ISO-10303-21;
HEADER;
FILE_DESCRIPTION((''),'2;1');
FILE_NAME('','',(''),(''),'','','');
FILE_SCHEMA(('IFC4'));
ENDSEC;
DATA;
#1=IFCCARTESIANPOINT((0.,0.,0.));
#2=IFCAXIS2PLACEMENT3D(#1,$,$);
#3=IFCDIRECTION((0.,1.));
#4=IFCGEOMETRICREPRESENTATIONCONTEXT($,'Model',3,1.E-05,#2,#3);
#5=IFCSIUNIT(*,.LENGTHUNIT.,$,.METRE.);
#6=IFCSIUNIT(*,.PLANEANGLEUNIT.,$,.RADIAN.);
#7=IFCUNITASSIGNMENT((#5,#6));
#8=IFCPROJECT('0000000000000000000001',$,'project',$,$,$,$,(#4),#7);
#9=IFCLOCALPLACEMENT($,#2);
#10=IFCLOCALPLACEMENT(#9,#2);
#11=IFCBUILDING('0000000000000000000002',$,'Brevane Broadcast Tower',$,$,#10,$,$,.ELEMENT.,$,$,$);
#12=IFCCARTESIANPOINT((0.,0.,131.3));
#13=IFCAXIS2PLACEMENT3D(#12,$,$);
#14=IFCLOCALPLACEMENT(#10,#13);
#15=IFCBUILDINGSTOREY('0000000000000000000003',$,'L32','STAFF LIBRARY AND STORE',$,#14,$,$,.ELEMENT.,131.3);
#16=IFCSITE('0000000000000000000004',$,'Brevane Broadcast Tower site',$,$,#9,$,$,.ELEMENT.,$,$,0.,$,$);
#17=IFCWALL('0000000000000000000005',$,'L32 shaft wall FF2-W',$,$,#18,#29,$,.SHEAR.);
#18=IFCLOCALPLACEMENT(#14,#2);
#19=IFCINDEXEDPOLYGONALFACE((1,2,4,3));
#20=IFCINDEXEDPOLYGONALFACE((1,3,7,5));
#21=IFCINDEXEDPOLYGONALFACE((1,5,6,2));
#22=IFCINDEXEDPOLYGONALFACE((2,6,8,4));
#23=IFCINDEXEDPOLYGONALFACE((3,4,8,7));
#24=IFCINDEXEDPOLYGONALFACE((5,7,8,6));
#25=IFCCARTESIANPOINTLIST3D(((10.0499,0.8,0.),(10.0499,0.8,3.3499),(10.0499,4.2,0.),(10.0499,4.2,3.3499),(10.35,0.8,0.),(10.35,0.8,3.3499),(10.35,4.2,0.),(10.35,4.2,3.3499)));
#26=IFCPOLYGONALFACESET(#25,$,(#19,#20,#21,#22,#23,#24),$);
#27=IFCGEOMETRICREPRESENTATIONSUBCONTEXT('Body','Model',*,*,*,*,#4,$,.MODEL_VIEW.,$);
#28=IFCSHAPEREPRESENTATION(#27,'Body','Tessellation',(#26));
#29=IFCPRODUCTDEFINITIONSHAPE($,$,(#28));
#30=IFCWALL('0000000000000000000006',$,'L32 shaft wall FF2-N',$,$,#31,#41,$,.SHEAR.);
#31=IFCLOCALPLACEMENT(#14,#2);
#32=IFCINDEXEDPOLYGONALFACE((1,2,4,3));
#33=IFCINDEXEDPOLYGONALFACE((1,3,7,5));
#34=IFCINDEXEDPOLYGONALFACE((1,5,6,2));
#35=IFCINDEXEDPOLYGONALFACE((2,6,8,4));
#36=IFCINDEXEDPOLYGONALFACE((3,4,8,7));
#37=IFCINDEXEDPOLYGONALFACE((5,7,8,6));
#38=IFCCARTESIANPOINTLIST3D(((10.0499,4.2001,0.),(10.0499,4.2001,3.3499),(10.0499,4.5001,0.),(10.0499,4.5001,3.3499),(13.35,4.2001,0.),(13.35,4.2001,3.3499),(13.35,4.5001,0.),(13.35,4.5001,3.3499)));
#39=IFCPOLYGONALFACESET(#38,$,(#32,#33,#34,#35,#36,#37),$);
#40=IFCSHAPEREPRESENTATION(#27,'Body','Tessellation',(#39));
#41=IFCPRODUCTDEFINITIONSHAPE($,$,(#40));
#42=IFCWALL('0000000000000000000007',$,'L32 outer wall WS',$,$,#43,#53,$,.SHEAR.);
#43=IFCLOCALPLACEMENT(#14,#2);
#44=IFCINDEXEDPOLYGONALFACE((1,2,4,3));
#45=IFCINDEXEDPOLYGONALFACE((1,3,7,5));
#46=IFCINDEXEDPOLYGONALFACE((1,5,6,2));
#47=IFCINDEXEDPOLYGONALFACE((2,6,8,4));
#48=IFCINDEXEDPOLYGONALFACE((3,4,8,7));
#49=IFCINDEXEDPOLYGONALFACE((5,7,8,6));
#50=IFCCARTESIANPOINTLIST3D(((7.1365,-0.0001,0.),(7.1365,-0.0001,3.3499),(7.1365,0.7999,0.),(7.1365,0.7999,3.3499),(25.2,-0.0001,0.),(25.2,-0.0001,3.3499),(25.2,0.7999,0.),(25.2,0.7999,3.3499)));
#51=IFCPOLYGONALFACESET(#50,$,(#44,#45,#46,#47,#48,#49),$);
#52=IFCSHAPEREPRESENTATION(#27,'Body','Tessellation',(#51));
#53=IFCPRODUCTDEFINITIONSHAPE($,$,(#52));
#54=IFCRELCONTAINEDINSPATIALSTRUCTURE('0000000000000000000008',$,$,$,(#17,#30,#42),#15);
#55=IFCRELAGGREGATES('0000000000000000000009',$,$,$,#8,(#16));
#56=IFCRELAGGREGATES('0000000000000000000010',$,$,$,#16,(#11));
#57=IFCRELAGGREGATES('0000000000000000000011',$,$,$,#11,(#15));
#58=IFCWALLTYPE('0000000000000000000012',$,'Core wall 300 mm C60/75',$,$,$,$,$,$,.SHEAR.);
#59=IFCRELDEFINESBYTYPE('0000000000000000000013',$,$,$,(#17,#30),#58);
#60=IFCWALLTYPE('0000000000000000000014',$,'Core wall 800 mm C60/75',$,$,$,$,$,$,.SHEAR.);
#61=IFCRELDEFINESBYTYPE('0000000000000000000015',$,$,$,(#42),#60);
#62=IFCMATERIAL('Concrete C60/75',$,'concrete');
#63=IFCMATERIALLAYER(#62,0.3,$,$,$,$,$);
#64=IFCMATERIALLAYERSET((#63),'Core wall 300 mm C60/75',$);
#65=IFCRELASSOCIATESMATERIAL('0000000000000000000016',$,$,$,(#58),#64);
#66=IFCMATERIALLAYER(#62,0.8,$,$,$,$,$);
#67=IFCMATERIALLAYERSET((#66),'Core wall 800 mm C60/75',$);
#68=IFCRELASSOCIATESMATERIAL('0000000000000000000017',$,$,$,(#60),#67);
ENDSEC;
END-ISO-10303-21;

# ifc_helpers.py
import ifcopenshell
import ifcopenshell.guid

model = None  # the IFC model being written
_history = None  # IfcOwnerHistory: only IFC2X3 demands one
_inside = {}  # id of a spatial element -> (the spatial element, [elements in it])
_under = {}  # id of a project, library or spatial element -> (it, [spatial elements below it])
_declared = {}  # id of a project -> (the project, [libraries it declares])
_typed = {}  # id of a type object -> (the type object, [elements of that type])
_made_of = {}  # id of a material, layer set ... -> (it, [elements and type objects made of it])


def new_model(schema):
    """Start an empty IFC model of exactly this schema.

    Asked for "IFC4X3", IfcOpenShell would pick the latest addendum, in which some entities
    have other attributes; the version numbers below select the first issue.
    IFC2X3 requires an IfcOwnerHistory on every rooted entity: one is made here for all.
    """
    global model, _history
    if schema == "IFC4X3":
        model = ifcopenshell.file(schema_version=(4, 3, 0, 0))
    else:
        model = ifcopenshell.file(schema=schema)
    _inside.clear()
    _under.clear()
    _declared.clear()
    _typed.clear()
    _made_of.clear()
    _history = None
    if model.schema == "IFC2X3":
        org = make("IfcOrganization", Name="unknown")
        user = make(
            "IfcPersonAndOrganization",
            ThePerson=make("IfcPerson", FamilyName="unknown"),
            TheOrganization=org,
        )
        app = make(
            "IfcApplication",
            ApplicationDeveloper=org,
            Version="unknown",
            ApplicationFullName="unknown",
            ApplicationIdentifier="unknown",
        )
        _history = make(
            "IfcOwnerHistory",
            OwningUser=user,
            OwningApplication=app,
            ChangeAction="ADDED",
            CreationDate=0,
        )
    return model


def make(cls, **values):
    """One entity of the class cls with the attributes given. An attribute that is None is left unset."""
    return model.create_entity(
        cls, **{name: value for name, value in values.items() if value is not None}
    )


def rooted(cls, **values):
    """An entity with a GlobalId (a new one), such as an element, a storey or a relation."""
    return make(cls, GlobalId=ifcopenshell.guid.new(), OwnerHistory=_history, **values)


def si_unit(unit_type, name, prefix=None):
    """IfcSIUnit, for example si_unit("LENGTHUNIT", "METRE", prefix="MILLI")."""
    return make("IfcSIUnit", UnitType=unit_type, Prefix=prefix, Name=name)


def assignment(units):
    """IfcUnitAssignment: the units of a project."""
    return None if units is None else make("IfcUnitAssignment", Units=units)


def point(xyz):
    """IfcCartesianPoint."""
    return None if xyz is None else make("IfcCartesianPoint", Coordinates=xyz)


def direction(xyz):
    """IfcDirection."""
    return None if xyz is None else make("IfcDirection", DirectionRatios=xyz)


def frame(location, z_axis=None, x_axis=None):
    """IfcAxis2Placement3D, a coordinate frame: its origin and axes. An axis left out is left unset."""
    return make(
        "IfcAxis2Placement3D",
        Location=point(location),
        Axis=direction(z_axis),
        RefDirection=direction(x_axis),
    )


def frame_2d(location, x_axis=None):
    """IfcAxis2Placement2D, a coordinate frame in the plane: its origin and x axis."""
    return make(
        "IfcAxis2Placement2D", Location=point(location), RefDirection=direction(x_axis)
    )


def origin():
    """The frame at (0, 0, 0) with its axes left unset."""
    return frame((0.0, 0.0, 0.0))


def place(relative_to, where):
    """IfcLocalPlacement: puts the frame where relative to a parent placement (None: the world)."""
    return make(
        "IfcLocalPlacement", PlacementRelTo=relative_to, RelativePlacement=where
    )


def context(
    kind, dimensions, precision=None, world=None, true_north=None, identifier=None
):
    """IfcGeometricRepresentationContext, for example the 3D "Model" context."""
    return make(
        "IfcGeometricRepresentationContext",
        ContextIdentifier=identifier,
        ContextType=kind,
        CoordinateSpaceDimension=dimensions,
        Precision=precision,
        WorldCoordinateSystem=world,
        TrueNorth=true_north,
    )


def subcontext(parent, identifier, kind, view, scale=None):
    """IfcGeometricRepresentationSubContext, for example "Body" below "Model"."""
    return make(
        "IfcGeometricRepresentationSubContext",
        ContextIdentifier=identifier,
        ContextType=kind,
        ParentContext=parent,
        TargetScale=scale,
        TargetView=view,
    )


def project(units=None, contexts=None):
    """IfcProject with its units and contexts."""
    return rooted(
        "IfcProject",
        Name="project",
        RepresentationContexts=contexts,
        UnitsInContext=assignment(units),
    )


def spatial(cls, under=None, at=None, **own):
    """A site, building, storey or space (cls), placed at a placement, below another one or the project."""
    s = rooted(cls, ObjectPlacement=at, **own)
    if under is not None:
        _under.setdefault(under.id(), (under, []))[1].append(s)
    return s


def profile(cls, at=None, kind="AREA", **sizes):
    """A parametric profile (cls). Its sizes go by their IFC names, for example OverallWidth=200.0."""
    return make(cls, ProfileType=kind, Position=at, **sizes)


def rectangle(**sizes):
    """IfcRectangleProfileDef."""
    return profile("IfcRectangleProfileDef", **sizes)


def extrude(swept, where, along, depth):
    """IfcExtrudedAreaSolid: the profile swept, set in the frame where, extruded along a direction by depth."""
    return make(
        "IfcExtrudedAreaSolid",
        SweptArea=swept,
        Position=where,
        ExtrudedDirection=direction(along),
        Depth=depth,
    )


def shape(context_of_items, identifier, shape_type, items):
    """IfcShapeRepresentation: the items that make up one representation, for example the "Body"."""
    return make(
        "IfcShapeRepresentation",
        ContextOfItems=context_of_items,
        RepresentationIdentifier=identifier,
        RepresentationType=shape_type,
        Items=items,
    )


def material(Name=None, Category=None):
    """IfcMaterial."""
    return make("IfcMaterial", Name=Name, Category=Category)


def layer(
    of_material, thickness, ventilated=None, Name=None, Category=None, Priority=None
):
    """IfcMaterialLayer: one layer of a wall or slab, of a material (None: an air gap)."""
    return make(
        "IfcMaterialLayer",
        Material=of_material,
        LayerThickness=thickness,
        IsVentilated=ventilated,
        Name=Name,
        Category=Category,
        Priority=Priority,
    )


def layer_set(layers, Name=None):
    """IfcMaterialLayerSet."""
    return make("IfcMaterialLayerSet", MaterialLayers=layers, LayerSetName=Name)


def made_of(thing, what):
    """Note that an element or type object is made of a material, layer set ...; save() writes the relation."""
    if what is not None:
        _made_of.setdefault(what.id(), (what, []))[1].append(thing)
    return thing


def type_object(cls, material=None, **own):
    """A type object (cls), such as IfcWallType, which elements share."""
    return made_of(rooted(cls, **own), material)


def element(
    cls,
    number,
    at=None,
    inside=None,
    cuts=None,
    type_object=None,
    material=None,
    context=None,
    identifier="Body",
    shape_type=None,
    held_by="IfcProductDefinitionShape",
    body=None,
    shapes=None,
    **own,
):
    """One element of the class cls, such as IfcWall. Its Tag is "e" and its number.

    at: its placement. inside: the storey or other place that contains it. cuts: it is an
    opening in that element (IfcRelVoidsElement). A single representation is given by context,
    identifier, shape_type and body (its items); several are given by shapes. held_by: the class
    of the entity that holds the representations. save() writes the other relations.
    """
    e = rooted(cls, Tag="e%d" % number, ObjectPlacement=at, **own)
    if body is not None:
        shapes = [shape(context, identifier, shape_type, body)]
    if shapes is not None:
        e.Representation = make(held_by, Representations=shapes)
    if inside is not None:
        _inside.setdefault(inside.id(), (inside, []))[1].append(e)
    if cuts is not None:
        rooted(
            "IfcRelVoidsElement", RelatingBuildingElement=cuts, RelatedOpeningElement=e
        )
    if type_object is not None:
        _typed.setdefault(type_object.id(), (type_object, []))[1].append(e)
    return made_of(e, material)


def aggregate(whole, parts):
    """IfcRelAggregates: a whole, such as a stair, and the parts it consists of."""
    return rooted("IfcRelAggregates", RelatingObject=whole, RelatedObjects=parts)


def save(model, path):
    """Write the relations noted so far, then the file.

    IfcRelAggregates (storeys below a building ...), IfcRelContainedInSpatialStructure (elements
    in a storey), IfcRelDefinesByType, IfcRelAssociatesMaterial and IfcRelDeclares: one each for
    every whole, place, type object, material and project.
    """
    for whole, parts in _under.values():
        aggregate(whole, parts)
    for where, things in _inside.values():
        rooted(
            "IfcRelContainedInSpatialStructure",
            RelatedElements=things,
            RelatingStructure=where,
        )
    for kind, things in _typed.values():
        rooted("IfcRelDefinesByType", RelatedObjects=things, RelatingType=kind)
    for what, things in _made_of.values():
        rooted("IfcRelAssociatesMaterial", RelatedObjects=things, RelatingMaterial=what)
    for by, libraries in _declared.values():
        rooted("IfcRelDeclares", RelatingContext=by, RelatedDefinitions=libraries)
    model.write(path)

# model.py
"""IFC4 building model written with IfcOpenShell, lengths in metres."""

from ifc_helpers import new_model, si_unit, direction, frame, frame_2d, origin, place, context, subcontext, project, spatial, rectangle, extrude, material, layer, layer_set, type_object, element, save


model = new_model("IFC4")

# Units and contexts
model_context = context("Model", 3, precision=1e-05, world=origin(), true_north=direction((0.0, 1.0)))
body_context = subcontext(model_context, "Body", "Model", "MODEL_VIEW")
ifc_project = project(units=[si_unit("LENGTHUNIT", "METRE"), si_unit("PLANEANGLEUNIT", "RADIAN")], contexts=[model_context])

# Site, building, storey
site_placement = place(None, origin())
site = spatial("IfcSite", under=ifc_project, at=site_placement, Name="Brevane Broadcast Tower site", CompositionType="ELEMENT", RefElevation=0.0)
building_placement = place(site_placement, origin())
building = spatial("IfcBuilding", under=site, at=building_placement, Name="Brevane Broadcast Tower", CompositionType="ELEMENT")
storey_placement = place(building_placement, frame((0.0, 0.0, 131.3)))
storey = spatial("IfcBuildingStorey", under=building, at=storey_placement, Name="L32", Description="STAFF LIBRARY AND STORE", CompositionType="ELEMENT", Elevation=131.3)

# Walls
ifc_material_1 = material(Name="Concrete C60/75", Category="concrete")
ifc_layer_1 = layer(ifc_material_1, 0.3)
ifc_layer_set_1 = layer_set([ifc_layer_1], Name="Core wall 300 mm C60/75")
wall_type_1 = type_object("IfcWallType", Name="Core wall 300 mm C60/75", PredefinedType="SHEAR", material=ifc_layer_set_1)
wall_1_placement = place(storey_placement, frame((10.2, 0.8, 0.0), z_axis=(0.0, 0.0, 1.0), x_axis=(0.0, 1.0, 0.0)))
element("IfcWall", 1, at=wall_1_placement, inside=storey, type_object=wall_type_1, Name="L32 shaft wall FF2-W", PredefinedType="SHEAR", context=body_context, shape_type="SweptSolid", body=[
    extrude(rectangle(XDim=3.3999, YDim=0.3, at=frame_2d((1.7, 0.0))), origin(), (0.0, 0.0, 1.0), 3.3499),
])
wall_2_placement = place(storey_placement, frame((10.05, 4.3501, 0.0), z_axis=(0.0, 0.0, 1.0), x_axis=(1.0, 0.0, 0.0)))
element("IfcWall", 2, at=wall_2_placement, inside=storey, type_object=wall_type_1, Name="L32 shaft wall FF2-N", PredefinedType="SHEAR", context=body_context, shape_type="SweptSolid", body=[
    extrude(rectangle(XDim=3.3, YDim=0.3, at=frame_2d((1.6499, 0.0))), origin(), (0.0, 0.0, 1.0), 3.3499),
])
ifc_layer_2 = layer(ifc_material_1, 0.8)
ifc_layer_set_2 = layer_set([ifc_layer_2], Name="Core wall 800 mm C60/75")
wall_type_2 = type_object("IfcWallType", Name="Core wall 800 mm C60/75", PredefinedType="SHEAR", material=ifc_layer_set_2)
wall_3_placement = place(storey_placement, frame((7.1365, 0.3999, 0.0), z_axis=(0.0, 0.0, 1.0), x_axis=(1.0, 0.0, 0.0)))
element("IfcWall", 3, at=wall_3_placement, inside=storey, type_object=wall_type_2, Name="L32 outer wall WS", PredefinedType="SHEAR", context=body_context, shape_type="SweptSolid", body=[
    extrude(rectangle(XDim=18.0635, YDim=0.8, at=frame_2d((9.0317, 0.0))), origin(), (0.0, 0.0, 1.0), 3.3499),
])

save(model, "model.ifc")
